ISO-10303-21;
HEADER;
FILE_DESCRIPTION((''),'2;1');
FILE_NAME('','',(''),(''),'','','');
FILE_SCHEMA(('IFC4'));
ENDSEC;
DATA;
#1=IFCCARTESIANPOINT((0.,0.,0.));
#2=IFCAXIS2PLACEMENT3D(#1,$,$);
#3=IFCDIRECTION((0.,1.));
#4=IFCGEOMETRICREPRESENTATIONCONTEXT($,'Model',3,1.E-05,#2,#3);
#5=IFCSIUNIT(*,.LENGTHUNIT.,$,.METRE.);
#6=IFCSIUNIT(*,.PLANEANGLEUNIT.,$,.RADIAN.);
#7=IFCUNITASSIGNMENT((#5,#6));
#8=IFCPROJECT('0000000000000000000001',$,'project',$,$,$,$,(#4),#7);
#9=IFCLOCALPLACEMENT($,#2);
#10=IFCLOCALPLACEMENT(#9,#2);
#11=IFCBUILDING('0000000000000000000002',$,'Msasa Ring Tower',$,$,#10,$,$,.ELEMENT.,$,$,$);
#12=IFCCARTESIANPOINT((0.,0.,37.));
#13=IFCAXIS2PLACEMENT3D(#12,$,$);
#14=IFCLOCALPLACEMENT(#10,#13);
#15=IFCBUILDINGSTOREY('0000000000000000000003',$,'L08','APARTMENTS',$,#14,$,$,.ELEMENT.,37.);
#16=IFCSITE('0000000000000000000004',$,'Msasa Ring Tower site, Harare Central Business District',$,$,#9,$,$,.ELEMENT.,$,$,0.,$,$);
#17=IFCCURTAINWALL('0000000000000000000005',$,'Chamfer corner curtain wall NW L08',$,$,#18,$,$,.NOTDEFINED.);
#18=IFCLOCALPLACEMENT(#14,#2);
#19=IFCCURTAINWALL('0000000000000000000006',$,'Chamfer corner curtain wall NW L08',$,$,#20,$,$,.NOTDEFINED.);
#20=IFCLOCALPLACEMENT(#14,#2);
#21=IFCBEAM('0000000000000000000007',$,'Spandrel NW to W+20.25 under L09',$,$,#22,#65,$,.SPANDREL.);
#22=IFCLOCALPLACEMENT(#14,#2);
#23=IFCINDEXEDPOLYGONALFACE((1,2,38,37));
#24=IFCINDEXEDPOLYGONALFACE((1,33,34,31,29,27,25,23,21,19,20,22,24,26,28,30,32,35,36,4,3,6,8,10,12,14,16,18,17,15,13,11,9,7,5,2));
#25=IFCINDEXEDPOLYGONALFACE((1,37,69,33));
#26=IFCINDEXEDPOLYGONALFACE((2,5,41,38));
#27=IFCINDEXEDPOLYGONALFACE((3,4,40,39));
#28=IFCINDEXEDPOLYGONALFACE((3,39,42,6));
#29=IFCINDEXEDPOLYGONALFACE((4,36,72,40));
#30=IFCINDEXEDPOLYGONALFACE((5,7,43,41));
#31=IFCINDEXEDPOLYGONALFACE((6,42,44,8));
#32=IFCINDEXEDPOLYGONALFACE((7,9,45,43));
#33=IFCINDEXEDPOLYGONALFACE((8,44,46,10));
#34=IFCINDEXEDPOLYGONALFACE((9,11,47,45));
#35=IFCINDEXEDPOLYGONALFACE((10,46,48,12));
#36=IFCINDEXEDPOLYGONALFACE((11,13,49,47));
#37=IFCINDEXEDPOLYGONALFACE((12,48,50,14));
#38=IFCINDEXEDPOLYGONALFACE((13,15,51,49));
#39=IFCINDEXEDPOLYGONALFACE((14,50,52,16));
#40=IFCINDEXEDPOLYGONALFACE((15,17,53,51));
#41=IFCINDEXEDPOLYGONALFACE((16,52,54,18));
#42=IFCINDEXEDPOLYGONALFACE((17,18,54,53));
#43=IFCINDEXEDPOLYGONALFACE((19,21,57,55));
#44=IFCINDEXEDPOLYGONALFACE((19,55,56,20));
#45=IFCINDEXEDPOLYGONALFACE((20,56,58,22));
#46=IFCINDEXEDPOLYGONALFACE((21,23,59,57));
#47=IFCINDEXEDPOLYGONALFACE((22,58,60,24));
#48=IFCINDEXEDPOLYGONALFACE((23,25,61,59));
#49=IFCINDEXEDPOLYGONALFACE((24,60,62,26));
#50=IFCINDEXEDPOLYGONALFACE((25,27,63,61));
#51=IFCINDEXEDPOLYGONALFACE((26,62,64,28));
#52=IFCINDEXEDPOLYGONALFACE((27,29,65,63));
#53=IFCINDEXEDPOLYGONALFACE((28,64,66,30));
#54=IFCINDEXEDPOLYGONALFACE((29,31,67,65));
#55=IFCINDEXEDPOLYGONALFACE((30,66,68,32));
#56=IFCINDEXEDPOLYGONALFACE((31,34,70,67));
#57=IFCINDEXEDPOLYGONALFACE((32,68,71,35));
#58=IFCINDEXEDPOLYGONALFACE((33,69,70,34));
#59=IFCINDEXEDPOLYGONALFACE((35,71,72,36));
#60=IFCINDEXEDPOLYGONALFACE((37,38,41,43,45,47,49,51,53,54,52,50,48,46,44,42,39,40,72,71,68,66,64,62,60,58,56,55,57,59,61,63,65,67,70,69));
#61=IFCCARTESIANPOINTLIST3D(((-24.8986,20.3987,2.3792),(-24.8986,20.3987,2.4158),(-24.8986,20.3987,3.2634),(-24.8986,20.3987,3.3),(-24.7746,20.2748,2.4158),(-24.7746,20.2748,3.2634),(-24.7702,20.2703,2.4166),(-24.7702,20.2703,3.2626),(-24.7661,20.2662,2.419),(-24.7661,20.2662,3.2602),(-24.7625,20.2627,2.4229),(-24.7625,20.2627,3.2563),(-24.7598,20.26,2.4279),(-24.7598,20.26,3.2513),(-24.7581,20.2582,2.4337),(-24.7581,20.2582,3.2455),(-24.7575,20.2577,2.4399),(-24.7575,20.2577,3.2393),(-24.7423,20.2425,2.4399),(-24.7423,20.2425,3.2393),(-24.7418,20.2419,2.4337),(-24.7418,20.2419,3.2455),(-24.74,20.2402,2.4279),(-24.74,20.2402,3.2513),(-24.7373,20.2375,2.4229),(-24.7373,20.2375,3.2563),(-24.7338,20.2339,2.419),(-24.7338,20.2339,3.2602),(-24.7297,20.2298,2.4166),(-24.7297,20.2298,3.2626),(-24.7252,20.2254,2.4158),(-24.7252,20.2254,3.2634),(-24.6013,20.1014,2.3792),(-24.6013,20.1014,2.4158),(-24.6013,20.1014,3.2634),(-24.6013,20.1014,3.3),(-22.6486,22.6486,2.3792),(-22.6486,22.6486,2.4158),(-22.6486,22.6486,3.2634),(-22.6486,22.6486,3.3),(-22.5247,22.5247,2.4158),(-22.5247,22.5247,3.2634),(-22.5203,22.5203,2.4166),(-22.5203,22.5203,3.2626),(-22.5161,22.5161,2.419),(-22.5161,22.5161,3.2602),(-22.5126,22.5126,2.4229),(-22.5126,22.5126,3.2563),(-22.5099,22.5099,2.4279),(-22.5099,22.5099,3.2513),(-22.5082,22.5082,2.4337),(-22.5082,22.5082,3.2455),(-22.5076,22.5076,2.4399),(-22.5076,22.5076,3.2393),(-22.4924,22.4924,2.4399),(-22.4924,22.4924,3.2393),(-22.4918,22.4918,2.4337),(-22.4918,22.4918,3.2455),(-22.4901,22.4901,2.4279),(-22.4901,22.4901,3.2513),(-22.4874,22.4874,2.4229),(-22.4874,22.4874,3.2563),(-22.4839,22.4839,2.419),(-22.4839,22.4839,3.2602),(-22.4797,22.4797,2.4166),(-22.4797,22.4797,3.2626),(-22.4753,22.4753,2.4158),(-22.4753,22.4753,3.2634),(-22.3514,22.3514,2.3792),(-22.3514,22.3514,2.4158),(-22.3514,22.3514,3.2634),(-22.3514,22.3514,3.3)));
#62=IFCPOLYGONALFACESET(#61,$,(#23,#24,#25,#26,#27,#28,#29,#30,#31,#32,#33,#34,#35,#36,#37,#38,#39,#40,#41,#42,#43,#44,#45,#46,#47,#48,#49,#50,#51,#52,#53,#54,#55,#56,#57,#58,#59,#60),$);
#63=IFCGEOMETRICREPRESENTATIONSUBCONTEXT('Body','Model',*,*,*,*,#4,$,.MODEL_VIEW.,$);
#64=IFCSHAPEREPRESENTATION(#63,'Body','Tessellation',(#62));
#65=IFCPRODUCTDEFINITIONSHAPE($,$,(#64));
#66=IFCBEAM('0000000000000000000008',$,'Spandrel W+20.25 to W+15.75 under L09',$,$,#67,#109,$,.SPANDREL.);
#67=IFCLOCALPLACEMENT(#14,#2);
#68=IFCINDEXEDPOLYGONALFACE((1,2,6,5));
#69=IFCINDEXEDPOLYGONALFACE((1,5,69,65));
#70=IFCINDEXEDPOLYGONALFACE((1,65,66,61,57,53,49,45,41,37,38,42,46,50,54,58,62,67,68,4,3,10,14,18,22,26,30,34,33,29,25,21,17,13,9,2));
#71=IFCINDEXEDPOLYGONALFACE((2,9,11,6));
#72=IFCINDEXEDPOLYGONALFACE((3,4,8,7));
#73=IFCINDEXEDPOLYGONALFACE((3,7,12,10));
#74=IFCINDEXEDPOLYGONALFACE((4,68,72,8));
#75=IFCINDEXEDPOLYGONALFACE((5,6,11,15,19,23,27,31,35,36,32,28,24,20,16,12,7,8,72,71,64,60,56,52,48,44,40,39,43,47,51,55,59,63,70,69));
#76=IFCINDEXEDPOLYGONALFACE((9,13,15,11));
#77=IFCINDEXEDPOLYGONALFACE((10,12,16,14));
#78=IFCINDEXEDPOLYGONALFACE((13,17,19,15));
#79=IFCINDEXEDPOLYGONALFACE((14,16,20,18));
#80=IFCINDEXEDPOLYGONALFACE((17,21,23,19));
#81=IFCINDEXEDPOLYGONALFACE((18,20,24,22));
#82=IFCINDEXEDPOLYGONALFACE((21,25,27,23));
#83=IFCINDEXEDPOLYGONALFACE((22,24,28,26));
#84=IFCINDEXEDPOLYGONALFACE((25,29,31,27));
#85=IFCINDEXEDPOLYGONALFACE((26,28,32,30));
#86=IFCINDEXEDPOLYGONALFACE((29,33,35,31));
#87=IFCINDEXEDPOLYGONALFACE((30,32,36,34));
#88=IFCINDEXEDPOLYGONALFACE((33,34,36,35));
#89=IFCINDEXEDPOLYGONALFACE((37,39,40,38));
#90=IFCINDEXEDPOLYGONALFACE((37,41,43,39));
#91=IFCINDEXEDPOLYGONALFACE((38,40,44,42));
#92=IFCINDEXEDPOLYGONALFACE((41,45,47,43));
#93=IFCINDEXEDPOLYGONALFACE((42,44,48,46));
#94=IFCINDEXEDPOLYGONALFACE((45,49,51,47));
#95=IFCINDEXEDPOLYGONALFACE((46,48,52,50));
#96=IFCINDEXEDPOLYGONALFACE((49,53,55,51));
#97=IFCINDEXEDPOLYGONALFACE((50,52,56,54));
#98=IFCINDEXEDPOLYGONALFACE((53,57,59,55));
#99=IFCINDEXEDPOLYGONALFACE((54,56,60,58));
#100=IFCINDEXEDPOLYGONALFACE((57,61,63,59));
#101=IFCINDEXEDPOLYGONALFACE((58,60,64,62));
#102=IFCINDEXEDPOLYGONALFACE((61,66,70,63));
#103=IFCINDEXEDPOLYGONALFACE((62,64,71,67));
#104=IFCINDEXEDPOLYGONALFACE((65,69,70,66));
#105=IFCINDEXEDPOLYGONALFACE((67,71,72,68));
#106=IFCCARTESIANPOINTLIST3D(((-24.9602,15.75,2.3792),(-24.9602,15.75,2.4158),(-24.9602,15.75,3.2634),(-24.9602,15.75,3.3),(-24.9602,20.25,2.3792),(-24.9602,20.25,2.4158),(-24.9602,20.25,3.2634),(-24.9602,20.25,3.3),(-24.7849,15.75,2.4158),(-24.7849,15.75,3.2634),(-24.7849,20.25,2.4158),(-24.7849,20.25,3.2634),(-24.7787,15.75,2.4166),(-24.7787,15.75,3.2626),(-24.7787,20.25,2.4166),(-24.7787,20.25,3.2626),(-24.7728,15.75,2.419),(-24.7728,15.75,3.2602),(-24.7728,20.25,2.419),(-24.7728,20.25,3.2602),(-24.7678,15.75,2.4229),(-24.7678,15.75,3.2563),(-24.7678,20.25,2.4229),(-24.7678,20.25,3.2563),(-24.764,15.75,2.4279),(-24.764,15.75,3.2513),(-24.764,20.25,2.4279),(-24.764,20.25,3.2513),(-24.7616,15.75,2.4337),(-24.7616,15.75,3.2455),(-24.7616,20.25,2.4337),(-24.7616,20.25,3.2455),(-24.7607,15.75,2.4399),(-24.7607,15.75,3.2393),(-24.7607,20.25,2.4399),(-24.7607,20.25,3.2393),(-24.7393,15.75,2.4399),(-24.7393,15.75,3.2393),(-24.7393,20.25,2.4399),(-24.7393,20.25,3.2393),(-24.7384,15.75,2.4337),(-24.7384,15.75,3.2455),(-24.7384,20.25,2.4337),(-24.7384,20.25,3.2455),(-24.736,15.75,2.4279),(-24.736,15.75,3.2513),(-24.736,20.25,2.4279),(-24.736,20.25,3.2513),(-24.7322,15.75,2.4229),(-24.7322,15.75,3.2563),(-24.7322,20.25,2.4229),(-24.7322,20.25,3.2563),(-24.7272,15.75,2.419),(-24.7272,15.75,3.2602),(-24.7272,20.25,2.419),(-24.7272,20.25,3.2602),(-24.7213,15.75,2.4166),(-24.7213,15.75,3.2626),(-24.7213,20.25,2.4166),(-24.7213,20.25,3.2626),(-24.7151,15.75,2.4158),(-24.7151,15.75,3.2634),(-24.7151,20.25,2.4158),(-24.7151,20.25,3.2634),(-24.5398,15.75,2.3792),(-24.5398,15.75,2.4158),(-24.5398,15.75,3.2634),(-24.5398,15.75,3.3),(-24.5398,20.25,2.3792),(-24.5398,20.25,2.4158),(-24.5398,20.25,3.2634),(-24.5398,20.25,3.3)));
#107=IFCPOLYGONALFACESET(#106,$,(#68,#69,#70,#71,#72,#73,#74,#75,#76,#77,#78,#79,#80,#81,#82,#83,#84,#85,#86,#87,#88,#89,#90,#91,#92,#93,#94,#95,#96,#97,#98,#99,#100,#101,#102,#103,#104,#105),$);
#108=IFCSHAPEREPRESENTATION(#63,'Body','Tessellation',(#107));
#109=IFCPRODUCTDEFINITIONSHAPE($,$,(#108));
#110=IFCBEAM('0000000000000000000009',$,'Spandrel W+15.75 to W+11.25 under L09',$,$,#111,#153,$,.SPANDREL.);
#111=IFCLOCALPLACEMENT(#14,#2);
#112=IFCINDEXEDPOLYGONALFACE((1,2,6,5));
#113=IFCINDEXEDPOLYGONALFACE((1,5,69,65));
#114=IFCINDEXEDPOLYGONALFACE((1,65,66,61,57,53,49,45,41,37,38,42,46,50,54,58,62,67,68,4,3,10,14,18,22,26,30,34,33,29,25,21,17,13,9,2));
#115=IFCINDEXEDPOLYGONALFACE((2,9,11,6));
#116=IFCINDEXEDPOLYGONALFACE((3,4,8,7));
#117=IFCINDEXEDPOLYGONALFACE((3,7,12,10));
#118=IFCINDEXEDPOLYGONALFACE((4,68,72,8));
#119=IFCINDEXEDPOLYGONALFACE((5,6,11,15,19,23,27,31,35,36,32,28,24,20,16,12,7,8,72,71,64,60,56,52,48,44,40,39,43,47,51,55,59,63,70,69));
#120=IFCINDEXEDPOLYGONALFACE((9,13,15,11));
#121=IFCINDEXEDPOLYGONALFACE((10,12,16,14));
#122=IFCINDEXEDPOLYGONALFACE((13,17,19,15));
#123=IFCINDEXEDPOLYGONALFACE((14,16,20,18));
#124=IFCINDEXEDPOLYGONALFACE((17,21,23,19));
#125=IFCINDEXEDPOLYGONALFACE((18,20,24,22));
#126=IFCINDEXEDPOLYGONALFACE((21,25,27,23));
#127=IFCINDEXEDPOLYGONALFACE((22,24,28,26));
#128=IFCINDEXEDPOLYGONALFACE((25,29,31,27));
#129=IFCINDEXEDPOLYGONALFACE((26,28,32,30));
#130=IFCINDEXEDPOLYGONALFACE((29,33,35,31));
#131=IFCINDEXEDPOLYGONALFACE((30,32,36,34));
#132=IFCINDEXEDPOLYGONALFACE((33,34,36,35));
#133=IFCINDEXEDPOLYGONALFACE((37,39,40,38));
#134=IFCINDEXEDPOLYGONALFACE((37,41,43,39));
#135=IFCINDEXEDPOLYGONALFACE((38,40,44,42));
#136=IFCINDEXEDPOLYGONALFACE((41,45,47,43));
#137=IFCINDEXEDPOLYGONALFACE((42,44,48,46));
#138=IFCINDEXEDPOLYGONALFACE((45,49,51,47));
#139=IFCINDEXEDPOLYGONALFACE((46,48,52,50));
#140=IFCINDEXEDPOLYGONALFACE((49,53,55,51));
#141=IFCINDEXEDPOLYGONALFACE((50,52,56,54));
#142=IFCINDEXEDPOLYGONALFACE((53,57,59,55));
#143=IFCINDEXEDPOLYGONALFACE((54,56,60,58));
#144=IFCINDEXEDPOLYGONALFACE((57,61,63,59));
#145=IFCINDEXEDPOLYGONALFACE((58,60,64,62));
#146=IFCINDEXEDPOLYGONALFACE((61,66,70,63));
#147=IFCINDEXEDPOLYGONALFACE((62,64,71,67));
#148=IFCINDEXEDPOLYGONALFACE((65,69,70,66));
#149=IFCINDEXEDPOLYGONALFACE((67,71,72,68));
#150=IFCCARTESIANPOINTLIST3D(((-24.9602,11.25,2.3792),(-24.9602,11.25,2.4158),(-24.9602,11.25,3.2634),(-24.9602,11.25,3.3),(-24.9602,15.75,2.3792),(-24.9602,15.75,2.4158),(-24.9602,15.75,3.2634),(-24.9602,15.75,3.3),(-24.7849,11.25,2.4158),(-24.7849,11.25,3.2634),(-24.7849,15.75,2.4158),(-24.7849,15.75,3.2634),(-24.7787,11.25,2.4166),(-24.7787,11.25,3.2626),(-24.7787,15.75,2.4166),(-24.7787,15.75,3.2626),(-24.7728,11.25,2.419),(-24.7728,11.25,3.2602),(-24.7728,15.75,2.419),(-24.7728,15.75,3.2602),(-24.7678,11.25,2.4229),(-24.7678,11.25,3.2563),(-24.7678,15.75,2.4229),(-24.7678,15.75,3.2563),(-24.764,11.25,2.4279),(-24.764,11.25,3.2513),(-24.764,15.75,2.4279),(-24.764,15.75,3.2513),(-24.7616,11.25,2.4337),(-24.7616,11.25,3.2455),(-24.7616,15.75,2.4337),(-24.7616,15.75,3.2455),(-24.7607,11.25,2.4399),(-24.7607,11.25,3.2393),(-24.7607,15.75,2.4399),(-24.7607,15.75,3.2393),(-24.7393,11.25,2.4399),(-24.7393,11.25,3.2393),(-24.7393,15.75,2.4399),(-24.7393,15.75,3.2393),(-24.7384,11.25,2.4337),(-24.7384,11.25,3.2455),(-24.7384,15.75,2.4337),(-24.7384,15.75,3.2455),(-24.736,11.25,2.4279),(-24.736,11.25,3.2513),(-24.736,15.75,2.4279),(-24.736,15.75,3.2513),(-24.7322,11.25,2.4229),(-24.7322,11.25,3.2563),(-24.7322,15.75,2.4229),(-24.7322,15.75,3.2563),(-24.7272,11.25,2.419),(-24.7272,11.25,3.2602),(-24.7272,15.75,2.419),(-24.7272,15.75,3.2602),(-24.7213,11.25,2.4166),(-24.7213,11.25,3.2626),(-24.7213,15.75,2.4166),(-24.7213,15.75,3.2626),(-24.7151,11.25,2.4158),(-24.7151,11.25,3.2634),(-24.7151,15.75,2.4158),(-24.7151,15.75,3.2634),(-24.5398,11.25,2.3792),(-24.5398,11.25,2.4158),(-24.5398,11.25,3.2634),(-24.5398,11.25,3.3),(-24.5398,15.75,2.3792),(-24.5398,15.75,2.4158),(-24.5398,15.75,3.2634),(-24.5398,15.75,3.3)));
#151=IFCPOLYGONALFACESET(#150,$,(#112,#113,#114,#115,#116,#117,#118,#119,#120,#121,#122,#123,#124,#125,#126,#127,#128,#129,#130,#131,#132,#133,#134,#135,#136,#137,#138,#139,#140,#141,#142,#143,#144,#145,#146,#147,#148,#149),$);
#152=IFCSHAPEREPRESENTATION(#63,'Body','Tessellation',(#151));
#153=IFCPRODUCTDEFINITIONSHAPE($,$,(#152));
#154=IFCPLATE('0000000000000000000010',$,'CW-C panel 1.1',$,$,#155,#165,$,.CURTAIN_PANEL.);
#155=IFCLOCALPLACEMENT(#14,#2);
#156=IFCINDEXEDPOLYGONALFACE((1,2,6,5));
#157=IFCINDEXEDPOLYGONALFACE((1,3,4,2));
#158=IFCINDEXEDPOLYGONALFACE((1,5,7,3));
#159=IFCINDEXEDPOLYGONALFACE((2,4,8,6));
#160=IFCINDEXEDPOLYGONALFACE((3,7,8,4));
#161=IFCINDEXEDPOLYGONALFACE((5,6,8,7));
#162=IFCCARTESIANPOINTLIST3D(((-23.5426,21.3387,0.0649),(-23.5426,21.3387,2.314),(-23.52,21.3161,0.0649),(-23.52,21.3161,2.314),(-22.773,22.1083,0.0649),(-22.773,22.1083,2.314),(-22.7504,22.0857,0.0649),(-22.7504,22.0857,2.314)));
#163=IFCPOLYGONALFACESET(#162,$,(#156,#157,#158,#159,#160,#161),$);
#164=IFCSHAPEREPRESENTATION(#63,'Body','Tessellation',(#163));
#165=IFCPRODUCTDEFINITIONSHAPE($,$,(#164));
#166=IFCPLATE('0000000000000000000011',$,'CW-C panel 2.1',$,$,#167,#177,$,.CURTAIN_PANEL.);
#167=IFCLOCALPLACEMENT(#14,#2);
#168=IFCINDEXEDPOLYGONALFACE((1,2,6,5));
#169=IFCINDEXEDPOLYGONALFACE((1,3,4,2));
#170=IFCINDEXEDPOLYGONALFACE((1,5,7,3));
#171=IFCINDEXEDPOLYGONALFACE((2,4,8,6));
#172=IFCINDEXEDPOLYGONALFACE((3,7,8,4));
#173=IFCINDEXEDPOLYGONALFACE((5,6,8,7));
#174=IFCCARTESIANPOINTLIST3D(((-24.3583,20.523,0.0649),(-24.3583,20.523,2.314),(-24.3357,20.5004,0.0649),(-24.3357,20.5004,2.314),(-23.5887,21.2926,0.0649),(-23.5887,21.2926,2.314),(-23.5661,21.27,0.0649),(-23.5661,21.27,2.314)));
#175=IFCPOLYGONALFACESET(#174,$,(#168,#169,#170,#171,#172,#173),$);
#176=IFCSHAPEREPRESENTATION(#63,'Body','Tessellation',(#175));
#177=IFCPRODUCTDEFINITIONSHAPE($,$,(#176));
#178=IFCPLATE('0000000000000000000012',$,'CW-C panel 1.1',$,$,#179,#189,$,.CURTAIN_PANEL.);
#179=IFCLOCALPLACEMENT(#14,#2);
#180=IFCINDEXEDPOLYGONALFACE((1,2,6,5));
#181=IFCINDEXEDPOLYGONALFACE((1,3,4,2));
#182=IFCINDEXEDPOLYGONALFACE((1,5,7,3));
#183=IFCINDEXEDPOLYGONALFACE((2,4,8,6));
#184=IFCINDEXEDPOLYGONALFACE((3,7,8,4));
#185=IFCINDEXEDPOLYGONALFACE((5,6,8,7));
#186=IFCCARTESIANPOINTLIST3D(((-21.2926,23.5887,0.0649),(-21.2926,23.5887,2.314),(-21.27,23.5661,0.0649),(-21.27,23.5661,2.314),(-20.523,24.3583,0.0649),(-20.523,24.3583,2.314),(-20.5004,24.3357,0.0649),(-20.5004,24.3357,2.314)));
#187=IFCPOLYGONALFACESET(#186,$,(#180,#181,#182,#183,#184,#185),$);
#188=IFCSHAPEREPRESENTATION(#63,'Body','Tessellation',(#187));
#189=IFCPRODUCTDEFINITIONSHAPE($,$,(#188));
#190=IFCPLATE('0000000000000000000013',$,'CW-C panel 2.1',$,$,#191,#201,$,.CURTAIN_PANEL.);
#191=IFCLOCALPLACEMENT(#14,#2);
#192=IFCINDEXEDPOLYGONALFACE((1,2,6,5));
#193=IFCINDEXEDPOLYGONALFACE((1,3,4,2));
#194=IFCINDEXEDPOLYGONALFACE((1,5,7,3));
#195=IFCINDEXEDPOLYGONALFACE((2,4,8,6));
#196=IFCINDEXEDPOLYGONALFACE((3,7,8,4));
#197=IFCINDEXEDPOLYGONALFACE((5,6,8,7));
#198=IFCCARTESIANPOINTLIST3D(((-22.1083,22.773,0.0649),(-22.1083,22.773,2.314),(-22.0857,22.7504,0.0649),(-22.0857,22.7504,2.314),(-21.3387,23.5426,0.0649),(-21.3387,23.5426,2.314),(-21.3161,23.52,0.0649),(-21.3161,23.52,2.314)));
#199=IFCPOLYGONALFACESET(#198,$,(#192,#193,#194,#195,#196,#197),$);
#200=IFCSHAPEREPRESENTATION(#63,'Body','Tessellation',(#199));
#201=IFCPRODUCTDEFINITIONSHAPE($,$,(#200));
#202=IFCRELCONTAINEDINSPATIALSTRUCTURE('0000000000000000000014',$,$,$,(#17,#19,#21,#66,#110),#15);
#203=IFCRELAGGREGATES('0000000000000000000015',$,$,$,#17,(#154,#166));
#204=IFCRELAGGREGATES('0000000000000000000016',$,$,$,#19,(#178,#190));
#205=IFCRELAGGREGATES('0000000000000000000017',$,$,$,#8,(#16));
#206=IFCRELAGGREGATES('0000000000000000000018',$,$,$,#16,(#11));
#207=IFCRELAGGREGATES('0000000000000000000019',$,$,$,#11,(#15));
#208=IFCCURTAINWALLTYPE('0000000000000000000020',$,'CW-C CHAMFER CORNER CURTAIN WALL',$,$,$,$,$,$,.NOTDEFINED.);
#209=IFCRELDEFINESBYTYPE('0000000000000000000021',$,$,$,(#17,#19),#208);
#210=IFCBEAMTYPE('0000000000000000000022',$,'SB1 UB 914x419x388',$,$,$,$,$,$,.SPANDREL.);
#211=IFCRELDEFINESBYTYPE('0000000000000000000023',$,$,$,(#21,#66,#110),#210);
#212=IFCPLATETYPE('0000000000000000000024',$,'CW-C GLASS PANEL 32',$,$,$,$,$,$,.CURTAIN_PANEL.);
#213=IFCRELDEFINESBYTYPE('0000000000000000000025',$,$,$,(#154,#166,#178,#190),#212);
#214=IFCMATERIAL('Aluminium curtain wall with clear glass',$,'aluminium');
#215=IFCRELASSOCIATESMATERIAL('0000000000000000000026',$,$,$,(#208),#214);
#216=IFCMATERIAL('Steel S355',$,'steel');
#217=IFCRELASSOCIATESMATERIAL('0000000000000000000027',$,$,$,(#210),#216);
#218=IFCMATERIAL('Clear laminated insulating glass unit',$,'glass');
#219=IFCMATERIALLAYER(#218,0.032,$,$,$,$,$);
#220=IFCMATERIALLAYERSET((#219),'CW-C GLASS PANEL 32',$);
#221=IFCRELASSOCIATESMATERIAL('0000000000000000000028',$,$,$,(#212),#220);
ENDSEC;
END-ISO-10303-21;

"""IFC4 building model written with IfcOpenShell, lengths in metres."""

from ifc_helpers import new_model, si_unit, direction, frame, origin, origin_2d, place, context, subcontext, project, spatial, rectangle, i_section, extrude, material, layer, layer_set, material_profile, profile_set, type_object, element, aggregate, save


model = new_model("IFC4")

# Units and contexts
model_context = context("Model", 3, precision=1e-05, world=origin(), true_north=direction((0.0, 1.0)))
body_context = subcontext(model_context, "Body", "Model", "MODEL_VIEW")
ifc_project = project(units=[si_unit("LENGTHUNIT", "METRE"), si_unit("PLANEANGLEUNIT", "RADIAN")], contexts=[model_context])

# Site, building, storey
site_placement = place(None, origin())
site = spatial("IfcSite", under=ifc_project, at=site_placement, Name="Msasa Ring Tower site, Harare Central Business District", CompositionType="ELEMENT", RefElevation=0.0)
building_placement = place(site_placement, origin())
building = spatial("IfcBuilding", under=site, at=building_placement, Name="Msasa Ring Tower", CompositionType="ELEMENT")
storey_placement = place(building_placement, frame((0.0, 0.0, 37.0)))
storey = spatial("IfcBuildingStorey", under=building, at=storey_placement, Name="L08", Description="APARTMENTS", CompositionType="ELEMENT", Elevation=37.0)

# Curtain walls
ifc_material_1 = material(Name="Aluminium curtain wall with clear glass", Category="aluminium")
curtain_wall_type = type_object("IfcCurtainWallType", Name="CW-C CHAMFER CORNER CURTAIN WALL", PredefinedType="NOTDEFINED", material=ifc_material_1)
curtain_wall_1_placement = place(storey_placement, origin())
curtain_wall_1 = element("IfcCurtainWall", 1, at=curtain_wall_1_placement, inside=storey, type_object=curtain_wall_type, Name="Chamfer corner curtain wall NW L08", PredefinedType="NOTDEFINED")
curtain_wall_2_placement = place(storey_placement, origin())
curtain_wall_2 = element("IfcCurtainWall", 2, at=curtain_wall_2_placement, inside=storey, type_object=curtain_wall_type, Name="Chamfer corner curtain wall NW L08", PredefinedType="NOTDEFINED")

# Beams
ifc_material_2 = material(Name="Steel S355", Category="steel")
ifc_material_profile_1 = material_profile(ifc_material_2, i_section(OverallWidth=0.4204, OverallDepth=0.9209, WebThickness=0.0215, FlangeThickness=0.0366, FilletRadius=0.0242, at=origin_2d()), Name="UB 914x419x388")
ifc_profile_set_1 = profile_set([ifc_material_profile_1], Name="Steel S355")
beam_type_1 = type_object("IfcBeamType", Name="SB1 UB 914x419x388", PredefinedType="SPANDREL", material=ifc_profile_set_1)
for number, where, z_axis, x_axis, name in (
    (3, (-22.5, 22.5, 2.8396), (-0.707107, -0.707107, 0.0), (0.707107, -0.707107, 0.0), "Spandrel NW to W+20.25 under L09"),
):
    element("IfcBeam", number, at=place(storey_placement, frame(where, z_axis=z_axis, x_axis=x_axis)), inside=storey, type_object=beam_type_1, Name=name, PredefinedType="SPANDREL", context=body_context, shape_type="SweptSolid", body=[
        extrude(i_section(OverallWidth=0.4204, OverallDepth=0.9209, WebThickness=0.0215, FlangeThickness=0.0366, FilletRadius=0.0242, at=origin_2d()), origin(), (0.0, 0.0, 1.0), 3.1819),
    ])
for number, where, z_axis, x_axis, name in (
    (4, (-24.75, 20.25, 2.8396), (0.0, -1.0, 0.0), (1.0, 0.0, 0.0), "Spandrel W+20.25 to W+15.75 under L09"),
    (5, (-24.75, 15.75, 2.8396), (0.0, -1.0, 0.0), (1.0, 0.0, 0.0), "Spandrel W+15.75 to W+11.25 under L09"),
):
    element("IfcBeam", number, at=place(storey_placement, frame(where, z_axis=z_axis, x_axis=x_axis)), inside=storey, type_object=beam_type_1, Name=name, PredefinedType="SPANDREL", context=body_context, shape_type="SweptSolid", body=[
        extrude(i_section(OverallWidth=0.4204, OverallDepth=0.9209, WebThickness=0.0215, FlangeThickness=0.0366, FilletRadius=0.0242, at=origin_2d()), origin(), (0.0, 0.0, 1.0), 4.5),
    ])

# Plates
ifc_material_3 = material(Name="Clear laminated insulating glass unit", Category="glass")
ifc_layer_1 = layer(ifc_material_3, 0.032)
ifc_layer_set_1 = layer_set([ifc_layer_1], Name="CW-C GLASS PANEL 32")
plate_type = type_object("IfcPlateType", Name="CW-C GLASS PANEL 32", PredefinedType="CURTAIN_PANEL", material=ifc_layer_set_1)
plate_1_placement = place(storey_placement, frame((-23.1465, 21.7122, 0.0649), z_axis=(0.0, 0.0, 1.0), x_axis=(-0.707107, -0.707107, 0.0)))
plate_1 = element("IfcPlate", 6, at=plate_1_placement, type_object=plate_type, Name="CW-C panel 1.1", PredefinedType="CURTAIN_PANEL", context=body_context, shape_type="SweptSolid", body=[
    extrude(rectangle(XDim=1.0884, YDim=0.032, at=origin_2d()), origin(), (0.0, 0.0, 1.0), 2.249),
])
plate_2_placement = place(storey_placement, frame((-23.9622, 20.8965, 0.0649), z_axis=(0.0, 0.0, 1.0), x_axis=(-0.707107, -0.707107, 0.0)))
plate_2 = element("IfcPlate", 7, at=plate_2_placement, type_object=plate_type, Name="CW-C panel 2.1", PredefinedType="CURTAIN_PANEL", context=body_context, shape_type="SweptSolid", body=[
    extrude(rectangle(XDim=1.0884, YDim=0.032, at=origin_2d()), origin(), (0.0, 0.0, 1.0), 2.249),
])
aggregate(curtain_wall_1, [plate_1, plate_2])
plate_3_placement = place(storey_placement, frame((-20.8965, 23.9622, 0.0649), z_axis=(0.0, 0.0, 1.0), x_axis=(-0.707107, -0.707107, 0.0)))
plate_3 = element("IfcPlate", 8, at=plate_3_placement, type_object=plate_type, Name="CW-C panel 1.1", PredefinedType="CURTAIN_PANEL", context=body_context, shape_type="SweptSolid", body=[
    extrude(rectangle(XDim=1.0884, YDim=0.032, at=origin_2d()), origin(), (0.0, 0.0, 1.0), 2.249),
])
plate_4_placement = place(storey_placement, frame((-21.7122, 23.1465, 0.0649), z_axis=(0.0, 0.0, 1.0), x_axis=(-0.707107, -0.707107, 0.0)))
plate_4 = element("IfcPlate", 9, at=plate_4_placement, type_object=plate_type, Name="CW-C panel 2.1", PredefinedType="CURTAIN_PANEL", context=body_context, shape_type="SweptSolid", body=[
    extrude(rectangle(XDim=1.0884, YDim=0.032, at=origin_2d()), origin(), (0.0, 0.0, 1.0), 2.249),
])
aggregate(curtain_wall_2, [plate_3, plate_4])

save(model, "model.ifc")
